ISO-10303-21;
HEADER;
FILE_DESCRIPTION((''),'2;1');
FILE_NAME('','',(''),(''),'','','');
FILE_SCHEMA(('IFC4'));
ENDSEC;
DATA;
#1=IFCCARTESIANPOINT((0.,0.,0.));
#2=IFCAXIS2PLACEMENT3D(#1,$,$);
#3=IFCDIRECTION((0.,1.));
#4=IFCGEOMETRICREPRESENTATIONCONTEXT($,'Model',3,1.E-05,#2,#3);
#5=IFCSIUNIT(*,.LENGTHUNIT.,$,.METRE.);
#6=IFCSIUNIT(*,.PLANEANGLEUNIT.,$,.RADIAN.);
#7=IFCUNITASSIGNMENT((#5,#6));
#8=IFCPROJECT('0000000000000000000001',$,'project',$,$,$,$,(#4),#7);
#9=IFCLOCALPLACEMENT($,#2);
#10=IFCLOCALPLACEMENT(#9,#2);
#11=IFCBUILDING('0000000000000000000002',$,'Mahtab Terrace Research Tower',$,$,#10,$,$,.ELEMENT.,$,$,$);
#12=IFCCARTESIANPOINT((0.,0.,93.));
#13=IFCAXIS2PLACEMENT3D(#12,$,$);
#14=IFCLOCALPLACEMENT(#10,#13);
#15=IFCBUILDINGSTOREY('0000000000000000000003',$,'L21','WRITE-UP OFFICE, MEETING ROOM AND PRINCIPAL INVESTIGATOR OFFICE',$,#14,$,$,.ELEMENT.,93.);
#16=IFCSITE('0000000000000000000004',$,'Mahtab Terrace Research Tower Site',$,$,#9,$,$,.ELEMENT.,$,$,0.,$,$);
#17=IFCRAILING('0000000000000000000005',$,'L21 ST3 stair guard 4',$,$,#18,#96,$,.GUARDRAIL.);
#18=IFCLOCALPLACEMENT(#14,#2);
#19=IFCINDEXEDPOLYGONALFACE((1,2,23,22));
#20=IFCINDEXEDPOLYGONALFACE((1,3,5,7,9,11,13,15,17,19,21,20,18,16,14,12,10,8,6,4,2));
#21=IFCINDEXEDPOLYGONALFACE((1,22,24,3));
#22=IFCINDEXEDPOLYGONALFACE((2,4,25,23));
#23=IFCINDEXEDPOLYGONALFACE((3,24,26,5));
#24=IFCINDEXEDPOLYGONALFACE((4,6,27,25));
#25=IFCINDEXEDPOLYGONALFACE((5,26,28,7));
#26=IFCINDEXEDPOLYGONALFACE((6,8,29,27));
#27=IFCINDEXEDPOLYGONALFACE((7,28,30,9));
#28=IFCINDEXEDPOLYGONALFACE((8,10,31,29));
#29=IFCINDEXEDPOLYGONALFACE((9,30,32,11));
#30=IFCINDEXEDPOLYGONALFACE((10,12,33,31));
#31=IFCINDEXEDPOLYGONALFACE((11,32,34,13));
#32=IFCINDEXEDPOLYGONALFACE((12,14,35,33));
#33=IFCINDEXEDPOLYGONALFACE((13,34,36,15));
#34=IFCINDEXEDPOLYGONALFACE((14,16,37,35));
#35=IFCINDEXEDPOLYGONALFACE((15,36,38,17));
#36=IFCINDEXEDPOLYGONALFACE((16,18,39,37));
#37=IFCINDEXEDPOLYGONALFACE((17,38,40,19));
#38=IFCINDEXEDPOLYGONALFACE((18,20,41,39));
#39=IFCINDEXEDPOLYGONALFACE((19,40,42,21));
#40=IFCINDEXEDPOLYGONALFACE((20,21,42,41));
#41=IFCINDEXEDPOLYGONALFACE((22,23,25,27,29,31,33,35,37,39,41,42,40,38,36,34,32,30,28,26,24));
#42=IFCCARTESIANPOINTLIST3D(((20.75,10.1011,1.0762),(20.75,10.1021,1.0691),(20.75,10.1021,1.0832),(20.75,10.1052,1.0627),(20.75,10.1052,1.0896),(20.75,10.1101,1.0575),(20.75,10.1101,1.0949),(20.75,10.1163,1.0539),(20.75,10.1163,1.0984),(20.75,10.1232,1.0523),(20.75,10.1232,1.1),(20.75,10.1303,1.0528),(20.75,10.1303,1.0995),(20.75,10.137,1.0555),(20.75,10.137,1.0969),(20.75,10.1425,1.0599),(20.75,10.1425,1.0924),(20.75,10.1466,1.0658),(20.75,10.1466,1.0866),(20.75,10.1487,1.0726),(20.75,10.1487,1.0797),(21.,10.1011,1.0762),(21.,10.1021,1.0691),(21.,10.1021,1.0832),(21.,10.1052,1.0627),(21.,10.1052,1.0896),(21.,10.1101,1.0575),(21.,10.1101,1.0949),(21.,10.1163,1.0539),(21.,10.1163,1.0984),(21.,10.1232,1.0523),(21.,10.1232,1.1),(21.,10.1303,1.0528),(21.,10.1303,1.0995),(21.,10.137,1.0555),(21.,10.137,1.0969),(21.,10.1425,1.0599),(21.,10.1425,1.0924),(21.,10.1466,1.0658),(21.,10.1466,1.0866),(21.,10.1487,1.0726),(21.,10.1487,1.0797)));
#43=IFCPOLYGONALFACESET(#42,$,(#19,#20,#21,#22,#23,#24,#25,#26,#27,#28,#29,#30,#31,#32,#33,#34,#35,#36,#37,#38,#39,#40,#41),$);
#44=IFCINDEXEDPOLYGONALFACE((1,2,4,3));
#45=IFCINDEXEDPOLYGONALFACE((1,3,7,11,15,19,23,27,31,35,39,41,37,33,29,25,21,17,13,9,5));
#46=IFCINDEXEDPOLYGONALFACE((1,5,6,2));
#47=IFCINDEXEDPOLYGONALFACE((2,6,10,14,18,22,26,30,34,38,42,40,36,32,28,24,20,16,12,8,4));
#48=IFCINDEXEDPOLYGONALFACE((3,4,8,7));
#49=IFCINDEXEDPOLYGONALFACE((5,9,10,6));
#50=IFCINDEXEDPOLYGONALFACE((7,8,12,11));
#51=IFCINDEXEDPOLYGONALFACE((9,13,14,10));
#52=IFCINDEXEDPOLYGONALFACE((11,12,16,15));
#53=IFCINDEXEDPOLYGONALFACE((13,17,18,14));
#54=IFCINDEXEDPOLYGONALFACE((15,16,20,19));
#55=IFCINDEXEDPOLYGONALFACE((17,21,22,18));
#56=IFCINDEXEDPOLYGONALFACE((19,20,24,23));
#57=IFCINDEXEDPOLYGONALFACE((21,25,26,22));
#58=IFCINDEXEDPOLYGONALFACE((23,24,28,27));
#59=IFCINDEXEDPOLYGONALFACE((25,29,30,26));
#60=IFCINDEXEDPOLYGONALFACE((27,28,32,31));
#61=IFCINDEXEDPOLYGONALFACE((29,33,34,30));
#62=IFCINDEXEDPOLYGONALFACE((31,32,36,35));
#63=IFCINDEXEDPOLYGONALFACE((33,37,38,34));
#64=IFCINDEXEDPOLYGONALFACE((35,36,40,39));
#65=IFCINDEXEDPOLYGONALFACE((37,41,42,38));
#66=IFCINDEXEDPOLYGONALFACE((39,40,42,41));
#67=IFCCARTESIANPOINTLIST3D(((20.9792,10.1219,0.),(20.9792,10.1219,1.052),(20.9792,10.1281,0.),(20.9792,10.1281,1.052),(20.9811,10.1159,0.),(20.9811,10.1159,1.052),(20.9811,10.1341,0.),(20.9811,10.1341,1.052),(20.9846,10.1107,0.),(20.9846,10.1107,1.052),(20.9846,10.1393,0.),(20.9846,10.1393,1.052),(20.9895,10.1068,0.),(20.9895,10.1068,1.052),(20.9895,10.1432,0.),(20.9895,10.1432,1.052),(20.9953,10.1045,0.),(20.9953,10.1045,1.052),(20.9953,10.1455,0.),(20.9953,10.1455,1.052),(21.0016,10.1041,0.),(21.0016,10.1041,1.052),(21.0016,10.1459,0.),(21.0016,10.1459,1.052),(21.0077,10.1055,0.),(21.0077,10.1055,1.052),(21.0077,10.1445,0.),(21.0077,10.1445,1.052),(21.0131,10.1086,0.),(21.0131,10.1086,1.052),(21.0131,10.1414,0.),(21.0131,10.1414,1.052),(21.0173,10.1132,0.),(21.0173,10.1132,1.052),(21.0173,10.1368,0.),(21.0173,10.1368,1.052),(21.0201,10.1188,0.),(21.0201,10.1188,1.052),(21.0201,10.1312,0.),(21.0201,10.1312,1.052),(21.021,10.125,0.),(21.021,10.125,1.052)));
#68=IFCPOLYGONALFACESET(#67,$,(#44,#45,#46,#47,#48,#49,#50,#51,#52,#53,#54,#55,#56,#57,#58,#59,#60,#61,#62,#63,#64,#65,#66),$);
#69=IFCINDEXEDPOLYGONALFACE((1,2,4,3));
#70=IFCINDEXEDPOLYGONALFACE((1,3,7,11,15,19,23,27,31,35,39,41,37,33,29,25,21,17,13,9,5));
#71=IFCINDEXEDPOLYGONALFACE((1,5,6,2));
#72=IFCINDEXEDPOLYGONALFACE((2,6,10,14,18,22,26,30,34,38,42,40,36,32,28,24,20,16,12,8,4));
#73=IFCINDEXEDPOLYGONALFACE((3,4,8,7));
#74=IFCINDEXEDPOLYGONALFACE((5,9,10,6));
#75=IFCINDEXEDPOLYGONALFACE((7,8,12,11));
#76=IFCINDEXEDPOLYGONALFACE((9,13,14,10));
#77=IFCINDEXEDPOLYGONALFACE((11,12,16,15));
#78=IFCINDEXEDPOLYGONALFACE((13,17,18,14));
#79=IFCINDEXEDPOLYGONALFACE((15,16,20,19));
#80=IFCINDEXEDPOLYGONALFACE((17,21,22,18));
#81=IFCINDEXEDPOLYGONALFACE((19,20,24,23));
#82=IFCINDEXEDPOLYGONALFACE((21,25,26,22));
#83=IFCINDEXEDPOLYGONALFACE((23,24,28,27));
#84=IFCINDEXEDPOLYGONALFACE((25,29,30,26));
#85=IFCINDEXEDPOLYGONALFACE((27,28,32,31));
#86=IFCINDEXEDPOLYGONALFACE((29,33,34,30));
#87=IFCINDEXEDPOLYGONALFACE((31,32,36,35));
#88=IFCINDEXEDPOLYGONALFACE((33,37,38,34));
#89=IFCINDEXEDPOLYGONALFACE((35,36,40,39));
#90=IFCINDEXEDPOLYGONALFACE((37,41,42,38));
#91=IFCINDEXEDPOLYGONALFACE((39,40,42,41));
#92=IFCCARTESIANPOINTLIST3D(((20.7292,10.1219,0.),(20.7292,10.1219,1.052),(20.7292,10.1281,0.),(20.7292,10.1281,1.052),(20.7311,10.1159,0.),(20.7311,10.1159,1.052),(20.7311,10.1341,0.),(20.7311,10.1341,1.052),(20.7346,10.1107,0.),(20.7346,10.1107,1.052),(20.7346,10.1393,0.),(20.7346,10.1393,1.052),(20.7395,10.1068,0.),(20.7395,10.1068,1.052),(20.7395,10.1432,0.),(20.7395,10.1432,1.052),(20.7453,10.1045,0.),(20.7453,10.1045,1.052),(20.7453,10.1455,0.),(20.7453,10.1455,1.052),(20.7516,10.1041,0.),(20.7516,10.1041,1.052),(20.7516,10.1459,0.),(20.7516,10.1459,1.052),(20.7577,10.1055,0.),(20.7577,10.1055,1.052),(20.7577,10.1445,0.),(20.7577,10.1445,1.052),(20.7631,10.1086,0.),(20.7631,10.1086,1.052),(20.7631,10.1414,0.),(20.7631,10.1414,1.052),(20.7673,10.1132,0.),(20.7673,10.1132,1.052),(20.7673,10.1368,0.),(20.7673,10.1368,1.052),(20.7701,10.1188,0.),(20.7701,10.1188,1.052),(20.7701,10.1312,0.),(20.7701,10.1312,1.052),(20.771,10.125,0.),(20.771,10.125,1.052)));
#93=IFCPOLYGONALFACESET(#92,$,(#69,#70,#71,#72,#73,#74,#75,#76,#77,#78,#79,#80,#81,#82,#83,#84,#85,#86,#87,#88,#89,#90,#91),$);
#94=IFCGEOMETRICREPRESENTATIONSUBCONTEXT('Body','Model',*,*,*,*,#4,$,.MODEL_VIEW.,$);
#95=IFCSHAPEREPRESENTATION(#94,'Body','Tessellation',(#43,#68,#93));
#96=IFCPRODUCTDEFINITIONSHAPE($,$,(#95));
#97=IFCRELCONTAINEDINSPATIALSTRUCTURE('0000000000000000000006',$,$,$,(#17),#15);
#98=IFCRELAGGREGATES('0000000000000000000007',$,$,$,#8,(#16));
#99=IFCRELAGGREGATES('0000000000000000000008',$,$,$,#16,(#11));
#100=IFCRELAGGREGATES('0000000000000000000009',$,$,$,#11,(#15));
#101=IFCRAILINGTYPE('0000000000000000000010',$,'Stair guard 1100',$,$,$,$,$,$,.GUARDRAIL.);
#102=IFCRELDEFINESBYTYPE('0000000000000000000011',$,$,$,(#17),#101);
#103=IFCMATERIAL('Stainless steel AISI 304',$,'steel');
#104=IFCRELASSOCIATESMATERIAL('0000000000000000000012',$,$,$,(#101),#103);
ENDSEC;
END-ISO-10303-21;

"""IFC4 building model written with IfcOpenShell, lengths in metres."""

from ifc_helpers import new_model, si_unit, direction, frame, origin, origin_2d, place, context, subcontext, project, spatial, circle, extrude, material, type_object, element, save


model = new_model("IFC4")

# Units and contexts
model_context = context("Model", 3, precision=1e-05, world=origin(), true_north=direction((0.0, 1.0)))
body_context = subcontext(model_context, "Body", "Model", "MODEL_VIEW")
ifc_project = project(units=[si_unit("LENGTHUNIT", "METRE"), si_unit("PLANEANGLEUNIT", "RADIAN")], contexts=[model_context])

# Site, building, storey
site_placement = place(None, origin())
site = spatial("IfcSite", under=ifc_project, at=site_placement, Name="Mahtab Terrace Research Tower Site", CompositionType="ELEMENT", RefElevation=0.0)
building_placement = place(site_placement, origin())
building = spatial("IfcBuilding", under=site, at=building_placement, Name="Mahtab Terrace Research Tower", CompositionType="ELEMENT")
storey_placement = place(building_placement, frame((0.0, 0.0, 93.0)))
storey = spatial("IfcBuildingStorey", under=building, at=storey_placement, Name="L21", Description="WRITE-UP OFFICE, MEETING ROOM AND PRINCIPAL INVESTIGATOR OFFICE", CompositionType="ELEMENT", Elevation=93.0)

# Shared definitions
ifc_material_1 = material(Name="Stainless steel AISI 304", Category="steel")

# Railing
railing_type_1 = type_object("IfcRailingType", Name="Stair guard 1100", PredefinedType="GUARDRAIL", material=ifc_material_1)
railing_1_placement = place(storey_placement, frame((21.0, 10.125, 0.0)))
element("IfcRailing", 1, at=railing_1_placement, inside=storey, type_object=railing_type_1, Name="L21 ST3 stair guard 4", PredefinedType="GUARDRAIL", context=body_context, shape_type="SweptSolid", body=[
    extrude(circle(Radius=0.0239, at=origin_2d()), frame((0.0, 0.0, 1.0762), z_axis=(-1.0, 0.0, 0.0), x_axis=(0.0, -1.0, 0.0)), (0.0, 0.0, 1.0), 0.25),
    extrude(circle(Radius=0.021, at=origin_2d()), origin(), (0.0, 0.0, 1.0), 1.052),
    extrude(circle(Radius=0.021, at=origin_2d()), frame((-0.25, 0.0, 0.0)), (0.0, 0.0, 1.0), 1.052),
])

save(model, "model.ifc")
